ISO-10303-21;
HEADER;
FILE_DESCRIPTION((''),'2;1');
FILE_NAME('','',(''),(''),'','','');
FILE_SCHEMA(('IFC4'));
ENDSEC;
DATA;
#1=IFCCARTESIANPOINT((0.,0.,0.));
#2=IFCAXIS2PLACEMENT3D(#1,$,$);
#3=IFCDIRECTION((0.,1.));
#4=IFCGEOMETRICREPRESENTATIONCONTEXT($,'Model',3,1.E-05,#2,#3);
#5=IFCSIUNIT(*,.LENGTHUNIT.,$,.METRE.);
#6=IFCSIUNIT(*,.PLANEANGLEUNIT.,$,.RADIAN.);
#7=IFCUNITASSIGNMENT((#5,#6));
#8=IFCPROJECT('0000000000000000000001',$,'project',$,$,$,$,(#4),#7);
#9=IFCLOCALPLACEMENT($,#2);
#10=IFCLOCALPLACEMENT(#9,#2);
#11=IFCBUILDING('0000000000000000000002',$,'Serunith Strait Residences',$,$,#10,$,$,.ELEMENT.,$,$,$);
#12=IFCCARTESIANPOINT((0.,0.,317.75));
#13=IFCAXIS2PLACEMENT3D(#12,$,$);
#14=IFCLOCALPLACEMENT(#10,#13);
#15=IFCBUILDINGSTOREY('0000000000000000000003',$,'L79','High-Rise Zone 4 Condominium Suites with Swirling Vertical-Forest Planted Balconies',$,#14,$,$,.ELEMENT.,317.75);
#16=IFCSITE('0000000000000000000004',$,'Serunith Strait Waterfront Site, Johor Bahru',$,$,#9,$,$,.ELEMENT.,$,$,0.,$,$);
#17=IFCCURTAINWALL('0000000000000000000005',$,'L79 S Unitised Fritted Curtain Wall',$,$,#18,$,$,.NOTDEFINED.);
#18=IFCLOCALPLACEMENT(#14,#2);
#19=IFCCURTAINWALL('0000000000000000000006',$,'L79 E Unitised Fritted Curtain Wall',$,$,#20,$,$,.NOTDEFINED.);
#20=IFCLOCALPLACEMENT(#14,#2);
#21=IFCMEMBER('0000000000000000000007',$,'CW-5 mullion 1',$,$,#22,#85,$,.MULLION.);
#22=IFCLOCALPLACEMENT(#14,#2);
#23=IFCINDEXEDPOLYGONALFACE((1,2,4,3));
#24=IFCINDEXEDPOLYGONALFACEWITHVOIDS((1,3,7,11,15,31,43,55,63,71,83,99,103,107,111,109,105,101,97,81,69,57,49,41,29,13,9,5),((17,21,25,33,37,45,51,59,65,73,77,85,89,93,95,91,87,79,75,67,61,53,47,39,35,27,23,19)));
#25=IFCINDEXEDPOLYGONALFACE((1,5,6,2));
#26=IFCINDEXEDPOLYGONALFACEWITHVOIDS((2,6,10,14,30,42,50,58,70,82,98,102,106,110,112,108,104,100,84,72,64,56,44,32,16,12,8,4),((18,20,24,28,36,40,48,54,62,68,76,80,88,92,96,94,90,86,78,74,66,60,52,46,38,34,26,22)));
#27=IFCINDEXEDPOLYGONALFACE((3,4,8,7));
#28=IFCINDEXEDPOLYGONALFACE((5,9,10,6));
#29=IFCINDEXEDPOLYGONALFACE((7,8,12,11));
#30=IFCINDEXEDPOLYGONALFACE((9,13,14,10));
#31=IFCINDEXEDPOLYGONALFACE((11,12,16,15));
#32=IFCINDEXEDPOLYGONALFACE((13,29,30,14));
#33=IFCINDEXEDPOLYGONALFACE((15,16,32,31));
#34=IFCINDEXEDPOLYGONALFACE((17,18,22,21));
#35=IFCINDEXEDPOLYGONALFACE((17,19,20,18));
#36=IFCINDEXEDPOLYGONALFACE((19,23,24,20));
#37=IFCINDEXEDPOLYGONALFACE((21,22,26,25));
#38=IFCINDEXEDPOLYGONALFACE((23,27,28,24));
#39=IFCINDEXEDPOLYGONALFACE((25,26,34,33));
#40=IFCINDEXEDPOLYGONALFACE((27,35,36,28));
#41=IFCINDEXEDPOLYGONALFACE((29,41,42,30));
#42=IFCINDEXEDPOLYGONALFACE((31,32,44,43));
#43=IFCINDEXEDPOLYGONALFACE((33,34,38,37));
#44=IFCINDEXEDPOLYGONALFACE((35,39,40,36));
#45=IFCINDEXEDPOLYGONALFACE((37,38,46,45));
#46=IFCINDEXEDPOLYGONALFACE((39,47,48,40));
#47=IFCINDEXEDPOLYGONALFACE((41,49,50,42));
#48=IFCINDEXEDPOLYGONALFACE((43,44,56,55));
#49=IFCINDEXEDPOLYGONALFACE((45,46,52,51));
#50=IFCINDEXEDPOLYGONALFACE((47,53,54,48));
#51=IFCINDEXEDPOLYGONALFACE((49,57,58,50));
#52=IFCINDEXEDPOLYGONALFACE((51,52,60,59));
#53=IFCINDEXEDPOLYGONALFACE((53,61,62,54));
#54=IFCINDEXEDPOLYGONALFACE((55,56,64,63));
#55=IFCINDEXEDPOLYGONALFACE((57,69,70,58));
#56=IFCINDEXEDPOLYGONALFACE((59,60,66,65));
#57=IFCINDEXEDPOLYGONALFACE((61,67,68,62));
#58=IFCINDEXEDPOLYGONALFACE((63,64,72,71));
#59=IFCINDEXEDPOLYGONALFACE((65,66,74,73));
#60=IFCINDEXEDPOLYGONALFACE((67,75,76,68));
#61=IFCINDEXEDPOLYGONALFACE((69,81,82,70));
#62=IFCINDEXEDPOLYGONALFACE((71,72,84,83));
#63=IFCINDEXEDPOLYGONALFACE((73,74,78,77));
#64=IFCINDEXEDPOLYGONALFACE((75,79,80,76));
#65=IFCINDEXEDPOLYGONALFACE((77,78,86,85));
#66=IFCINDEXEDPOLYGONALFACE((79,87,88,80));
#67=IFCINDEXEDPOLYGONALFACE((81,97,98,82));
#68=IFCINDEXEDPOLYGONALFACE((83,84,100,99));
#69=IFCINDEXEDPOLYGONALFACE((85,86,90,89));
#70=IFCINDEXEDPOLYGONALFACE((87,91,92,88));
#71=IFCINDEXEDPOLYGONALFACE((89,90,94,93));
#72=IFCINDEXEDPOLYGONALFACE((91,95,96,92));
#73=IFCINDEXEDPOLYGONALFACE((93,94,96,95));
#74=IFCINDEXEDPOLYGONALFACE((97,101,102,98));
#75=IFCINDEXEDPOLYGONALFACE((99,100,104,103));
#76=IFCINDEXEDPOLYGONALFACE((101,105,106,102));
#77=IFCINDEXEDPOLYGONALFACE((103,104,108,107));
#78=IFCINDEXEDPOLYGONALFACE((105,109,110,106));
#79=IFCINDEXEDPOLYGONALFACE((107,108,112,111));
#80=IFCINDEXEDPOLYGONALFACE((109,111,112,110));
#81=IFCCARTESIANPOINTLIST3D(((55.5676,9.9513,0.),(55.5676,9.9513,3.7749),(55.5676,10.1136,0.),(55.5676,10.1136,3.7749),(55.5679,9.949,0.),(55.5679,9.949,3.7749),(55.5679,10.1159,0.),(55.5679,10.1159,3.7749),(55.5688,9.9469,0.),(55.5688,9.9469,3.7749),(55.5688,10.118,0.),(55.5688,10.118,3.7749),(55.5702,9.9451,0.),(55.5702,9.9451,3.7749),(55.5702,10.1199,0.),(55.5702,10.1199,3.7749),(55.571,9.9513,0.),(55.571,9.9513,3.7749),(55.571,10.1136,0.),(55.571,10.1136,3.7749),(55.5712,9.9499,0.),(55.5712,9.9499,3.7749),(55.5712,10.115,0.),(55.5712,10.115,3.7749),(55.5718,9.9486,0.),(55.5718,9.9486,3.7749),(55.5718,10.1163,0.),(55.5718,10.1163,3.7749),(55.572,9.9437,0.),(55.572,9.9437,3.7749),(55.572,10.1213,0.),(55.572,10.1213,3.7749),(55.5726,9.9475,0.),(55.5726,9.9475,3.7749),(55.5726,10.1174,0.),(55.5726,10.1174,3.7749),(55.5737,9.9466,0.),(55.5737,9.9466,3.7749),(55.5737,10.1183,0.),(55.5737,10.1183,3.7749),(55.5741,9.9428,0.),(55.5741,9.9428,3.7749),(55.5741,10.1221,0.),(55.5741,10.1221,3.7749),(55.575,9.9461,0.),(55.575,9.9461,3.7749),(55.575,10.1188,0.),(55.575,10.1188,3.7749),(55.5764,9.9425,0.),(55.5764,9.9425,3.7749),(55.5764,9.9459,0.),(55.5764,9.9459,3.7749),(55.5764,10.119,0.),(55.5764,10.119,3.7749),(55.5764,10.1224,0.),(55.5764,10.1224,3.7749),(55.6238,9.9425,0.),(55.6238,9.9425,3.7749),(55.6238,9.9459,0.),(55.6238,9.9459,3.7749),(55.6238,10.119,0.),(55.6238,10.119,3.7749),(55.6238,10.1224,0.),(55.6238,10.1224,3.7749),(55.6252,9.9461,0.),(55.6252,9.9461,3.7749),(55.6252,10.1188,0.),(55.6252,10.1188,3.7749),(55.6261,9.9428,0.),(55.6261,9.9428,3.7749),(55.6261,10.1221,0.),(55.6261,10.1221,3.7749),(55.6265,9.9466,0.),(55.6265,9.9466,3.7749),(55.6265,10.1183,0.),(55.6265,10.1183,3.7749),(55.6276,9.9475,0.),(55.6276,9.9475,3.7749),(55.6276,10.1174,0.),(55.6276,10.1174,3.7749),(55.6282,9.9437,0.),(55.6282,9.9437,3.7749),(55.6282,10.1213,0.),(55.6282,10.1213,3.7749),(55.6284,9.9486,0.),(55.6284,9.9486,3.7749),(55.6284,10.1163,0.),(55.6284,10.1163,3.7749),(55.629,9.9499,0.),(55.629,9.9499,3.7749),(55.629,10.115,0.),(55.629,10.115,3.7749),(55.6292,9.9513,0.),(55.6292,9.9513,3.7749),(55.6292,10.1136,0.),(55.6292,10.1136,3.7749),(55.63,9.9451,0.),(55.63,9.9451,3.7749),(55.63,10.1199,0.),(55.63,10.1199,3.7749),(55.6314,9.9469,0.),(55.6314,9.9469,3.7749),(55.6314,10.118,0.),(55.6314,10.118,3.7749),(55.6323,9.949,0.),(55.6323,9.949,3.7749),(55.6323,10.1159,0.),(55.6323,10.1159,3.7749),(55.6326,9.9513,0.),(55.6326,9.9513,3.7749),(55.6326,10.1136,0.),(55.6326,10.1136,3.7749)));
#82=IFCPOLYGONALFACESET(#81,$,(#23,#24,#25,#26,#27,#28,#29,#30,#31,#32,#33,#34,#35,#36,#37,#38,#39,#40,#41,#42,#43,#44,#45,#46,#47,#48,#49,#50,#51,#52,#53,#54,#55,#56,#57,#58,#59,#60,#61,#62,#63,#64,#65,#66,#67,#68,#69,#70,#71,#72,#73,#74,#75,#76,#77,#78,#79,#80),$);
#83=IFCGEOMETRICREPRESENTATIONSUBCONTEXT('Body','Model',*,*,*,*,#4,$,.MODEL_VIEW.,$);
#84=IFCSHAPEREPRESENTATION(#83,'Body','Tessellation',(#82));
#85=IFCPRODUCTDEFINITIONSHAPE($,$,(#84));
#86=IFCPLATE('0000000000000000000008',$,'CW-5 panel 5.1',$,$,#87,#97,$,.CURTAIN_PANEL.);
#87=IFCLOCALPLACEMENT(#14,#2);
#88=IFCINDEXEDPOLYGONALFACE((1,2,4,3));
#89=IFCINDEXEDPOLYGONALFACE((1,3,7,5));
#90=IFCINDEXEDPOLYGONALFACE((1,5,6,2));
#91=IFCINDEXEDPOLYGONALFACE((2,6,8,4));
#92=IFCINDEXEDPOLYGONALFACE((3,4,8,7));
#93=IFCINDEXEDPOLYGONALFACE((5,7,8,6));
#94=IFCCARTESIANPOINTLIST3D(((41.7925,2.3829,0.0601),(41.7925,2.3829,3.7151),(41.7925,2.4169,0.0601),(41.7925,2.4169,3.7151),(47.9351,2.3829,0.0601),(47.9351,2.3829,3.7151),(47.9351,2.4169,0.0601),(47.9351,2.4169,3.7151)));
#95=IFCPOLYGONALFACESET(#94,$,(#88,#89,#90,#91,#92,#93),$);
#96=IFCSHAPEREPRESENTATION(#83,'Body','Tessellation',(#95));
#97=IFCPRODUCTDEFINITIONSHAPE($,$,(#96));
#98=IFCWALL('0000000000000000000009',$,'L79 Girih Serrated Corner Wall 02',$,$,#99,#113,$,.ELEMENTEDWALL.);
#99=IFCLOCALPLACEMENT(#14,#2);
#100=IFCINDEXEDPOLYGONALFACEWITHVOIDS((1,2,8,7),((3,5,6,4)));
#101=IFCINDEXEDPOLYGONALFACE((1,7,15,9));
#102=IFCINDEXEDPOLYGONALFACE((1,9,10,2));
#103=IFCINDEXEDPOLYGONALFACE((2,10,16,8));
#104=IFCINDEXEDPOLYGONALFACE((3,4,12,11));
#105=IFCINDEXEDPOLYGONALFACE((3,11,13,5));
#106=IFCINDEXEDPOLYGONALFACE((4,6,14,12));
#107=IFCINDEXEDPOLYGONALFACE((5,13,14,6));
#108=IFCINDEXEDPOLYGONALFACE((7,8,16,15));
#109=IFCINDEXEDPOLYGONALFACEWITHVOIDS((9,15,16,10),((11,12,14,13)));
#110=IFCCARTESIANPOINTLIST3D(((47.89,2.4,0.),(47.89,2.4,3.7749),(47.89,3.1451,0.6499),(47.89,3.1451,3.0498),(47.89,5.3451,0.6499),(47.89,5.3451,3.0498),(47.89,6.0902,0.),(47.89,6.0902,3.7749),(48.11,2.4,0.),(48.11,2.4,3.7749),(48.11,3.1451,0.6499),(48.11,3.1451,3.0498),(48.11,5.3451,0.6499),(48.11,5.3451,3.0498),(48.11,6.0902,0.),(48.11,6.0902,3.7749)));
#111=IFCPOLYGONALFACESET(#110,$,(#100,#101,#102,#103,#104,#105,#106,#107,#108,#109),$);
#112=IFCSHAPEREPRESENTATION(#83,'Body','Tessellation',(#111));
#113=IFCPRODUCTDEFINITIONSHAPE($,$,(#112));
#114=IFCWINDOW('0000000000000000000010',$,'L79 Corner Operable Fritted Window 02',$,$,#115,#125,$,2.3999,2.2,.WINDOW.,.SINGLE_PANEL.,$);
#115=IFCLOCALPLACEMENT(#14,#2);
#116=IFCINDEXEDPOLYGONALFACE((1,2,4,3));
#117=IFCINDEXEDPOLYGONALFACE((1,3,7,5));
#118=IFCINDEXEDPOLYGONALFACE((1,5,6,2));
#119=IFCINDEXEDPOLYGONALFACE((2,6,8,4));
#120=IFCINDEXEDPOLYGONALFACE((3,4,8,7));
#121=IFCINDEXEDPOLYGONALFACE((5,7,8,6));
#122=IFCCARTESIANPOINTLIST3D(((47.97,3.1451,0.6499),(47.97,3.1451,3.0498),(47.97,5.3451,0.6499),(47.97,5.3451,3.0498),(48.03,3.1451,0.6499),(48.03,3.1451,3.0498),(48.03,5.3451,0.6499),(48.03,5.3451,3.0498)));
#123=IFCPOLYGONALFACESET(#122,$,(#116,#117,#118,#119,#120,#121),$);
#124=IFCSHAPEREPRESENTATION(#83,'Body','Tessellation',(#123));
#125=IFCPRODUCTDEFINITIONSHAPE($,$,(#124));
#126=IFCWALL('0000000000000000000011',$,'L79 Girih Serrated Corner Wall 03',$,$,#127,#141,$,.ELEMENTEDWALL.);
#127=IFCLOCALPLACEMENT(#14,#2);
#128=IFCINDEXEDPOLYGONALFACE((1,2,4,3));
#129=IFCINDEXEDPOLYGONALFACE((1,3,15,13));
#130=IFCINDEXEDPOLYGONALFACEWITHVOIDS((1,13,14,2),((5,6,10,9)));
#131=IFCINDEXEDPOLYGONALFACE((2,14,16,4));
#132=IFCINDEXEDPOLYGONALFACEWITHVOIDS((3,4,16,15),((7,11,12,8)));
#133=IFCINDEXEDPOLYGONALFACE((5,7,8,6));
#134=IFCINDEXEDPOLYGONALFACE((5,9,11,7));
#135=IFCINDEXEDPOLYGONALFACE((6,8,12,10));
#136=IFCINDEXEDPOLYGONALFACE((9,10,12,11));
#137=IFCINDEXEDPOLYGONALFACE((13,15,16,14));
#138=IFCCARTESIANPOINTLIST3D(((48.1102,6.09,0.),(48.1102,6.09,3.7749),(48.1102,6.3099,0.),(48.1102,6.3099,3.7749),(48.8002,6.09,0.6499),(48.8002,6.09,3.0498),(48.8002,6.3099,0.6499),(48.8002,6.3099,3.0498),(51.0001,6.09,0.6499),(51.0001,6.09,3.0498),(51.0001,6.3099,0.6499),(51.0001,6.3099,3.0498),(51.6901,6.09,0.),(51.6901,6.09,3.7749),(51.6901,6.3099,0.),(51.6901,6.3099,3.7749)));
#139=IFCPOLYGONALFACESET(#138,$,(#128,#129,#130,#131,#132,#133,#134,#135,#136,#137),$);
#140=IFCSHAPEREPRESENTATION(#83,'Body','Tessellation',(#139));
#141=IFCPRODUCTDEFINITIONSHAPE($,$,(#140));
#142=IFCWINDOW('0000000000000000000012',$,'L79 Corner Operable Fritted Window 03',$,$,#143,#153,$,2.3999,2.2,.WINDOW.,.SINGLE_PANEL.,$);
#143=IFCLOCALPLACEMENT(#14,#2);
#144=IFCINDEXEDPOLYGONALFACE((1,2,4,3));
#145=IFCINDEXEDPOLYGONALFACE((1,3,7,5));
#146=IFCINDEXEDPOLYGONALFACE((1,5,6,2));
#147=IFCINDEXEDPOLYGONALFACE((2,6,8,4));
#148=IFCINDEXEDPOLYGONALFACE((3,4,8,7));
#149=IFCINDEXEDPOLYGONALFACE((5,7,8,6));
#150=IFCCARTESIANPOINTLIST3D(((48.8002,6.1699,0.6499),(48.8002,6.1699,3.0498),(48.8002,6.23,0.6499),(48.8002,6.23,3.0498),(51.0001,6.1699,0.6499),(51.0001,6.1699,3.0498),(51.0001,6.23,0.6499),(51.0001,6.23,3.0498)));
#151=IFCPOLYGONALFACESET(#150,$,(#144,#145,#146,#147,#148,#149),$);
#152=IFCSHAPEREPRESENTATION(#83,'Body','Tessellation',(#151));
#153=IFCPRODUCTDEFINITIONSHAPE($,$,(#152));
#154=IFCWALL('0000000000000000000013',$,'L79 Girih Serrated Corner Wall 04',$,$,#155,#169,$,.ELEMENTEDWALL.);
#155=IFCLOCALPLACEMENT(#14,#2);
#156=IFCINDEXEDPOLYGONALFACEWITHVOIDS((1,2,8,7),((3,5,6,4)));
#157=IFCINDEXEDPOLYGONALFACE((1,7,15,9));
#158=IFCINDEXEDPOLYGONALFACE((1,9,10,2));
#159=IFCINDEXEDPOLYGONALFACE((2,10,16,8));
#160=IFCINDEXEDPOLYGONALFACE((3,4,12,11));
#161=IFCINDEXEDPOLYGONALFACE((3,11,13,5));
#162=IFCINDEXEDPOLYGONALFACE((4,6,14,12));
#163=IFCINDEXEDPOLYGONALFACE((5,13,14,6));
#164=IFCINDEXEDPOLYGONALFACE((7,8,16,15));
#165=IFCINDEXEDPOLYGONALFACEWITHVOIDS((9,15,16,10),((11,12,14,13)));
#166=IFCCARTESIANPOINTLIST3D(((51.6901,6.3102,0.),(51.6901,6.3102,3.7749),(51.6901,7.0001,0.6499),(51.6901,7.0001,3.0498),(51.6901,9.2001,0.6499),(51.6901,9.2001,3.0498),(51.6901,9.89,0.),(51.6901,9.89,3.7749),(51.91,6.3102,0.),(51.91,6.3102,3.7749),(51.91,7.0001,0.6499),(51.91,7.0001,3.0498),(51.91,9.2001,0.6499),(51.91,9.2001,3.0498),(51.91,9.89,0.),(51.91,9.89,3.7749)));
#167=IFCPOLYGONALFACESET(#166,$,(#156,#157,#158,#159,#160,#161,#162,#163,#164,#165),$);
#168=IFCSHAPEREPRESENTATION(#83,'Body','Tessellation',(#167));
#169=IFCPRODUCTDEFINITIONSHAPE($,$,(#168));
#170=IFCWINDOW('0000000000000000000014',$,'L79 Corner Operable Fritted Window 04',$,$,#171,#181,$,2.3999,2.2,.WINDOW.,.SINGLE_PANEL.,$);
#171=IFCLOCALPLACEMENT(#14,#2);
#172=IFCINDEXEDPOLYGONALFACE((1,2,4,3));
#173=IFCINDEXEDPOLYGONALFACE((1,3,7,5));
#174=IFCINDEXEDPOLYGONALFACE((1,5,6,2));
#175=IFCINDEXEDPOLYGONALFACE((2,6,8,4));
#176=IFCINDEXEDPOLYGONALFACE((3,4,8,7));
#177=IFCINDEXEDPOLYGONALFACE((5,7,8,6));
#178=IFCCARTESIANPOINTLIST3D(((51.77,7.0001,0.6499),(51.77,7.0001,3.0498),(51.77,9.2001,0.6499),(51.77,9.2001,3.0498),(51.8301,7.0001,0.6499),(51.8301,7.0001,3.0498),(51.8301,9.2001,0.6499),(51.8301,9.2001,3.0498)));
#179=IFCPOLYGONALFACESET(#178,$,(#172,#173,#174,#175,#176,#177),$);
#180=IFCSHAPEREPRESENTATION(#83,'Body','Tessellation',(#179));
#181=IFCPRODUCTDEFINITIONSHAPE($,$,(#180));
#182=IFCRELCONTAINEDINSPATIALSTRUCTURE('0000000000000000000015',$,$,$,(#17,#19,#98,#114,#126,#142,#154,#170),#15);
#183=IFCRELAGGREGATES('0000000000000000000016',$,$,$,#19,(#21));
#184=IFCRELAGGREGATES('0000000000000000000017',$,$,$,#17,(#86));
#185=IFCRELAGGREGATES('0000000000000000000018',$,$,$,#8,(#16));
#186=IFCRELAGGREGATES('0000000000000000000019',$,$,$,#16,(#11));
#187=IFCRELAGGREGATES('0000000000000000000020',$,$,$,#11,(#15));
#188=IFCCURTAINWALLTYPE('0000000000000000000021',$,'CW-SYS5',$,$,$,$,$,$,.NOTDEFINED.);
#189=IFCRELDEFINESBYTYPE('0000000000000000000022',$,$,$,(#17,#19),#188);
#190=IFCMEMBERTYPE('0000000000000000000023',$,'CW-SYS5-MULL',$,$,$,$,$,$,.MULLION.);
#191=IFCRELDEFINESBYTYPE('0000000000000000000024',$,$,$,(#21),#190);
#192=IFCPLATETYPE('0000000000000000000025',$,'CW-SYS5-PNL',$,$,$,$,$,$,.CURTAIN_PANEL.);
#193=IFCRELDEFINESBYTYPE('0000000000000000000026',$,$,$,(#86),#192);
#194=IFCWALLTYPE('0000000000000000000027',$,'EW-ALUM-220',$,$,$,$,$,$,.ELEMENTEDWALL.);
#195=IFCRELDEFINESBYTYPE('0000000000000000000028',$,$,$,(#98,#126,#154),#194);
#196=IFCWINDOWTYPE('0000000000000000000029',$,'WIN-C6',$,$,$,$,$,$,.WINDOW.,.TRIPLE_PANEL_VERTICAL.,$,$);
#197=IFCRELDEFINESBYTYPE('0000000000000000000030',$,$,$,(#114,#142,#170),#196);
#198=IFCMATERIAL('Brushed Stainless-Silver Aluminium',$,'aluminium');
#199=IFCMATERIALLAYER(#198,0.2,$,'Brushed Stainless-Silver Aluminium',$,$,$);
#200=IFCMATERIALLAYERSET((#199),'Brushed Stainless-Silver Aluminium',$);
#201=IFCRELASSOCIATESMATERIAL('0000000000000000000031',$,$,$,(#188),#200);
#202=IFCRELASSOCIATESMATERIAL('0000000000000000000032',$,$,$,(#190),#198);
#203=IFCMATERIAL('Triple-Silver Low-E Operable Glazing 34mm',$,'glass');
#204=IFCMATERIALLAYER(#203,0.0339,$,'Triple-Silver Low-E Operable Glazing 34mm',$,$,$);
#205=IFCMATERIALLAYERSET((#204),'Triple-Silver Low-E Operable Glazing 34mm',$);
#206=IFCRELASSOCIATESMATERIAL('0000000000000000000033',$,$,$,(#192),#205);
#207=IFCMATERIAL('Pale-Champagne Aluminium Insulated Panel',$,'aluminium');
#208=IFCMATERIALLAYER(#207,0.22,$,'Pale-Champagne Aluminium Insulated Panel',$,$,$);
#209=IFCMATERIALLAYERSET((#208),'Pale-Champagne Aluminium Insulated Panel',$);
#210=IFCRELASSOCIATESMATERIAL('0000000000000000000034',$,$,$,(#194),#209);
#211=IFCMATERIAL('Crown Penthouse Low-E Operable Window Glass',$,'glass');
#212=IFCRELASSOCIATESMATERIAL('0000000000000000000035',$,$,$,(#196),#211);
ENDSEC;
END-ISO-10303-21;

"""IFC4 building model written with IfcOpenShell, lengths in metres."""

from ifc_helpers import new_model, si_unit, direction, frame, frame_2d, origin, origin_2d, place, context, subcontext, project, spatial, rectangle, hollow_rectangle, extrude, source, transform, mapped, material, layer, layer_set, material_profile, profile_set, type_object, element, fill, aggregate, save


model = new_model("IFC4")

# Units and contexts
model_context = context("Model", 3, precision=1e-05, world=origin(), true_north=direction((0.0, 1.0)))
body_context = subcontext(model_context, "Body", "Model", "MODEL_VIEW")
ifc_project = project(units=[si_unit("LENGTHUNIT", "METRE"), si_unit("PLANEANGLEUNIT", "RADIAN")], contexts=[model_context])

# Site, building, storey
site_placement = place(None, origin())
site = spatial("IfcSite", under=ifc_project, at=site_placement, Name="Serunith Strait Waterfront Site, Johor Bahru", CompositionType="ELEMENT", RefElevation=0.0)
building_placement = place(site_placement, origin())
building = spatial("IfcBuilding", under=site, at=building_placement, Name="Serunith Strait Residences", CompositionType="ELEMENT")
storey_placement = place(building_placement, frame((0.0, 0.0, 317.75)))
storey = spatial("IfcBuildingStorey", under=building, at=storey_placement, Name="L79", Description="High-Rise Zone 4 Condominium Suites with Swirling Vertical-Forest Planted Balconies", CompositionType="ELEMENT", Elevation=317.75)

# Curtain walls
ifc_material_1 = material(Name="Brushed Stainless-Silver Aluminium", Category="aluminium")
ifc_layer_1 = layer(ifc_material_1, 0.2, Name="Brushed Stainless-Silver Aluminium")
ifc_layer_set_1 = layer_set([ifc_layer_1], Name="Brushed Stainless-Silver Aluminium")
curtain_wall_type = type_object("IfcCurtainWallType", Name="CW-SYS5", PredefinedType="NOTDEFINED", material=ifc_layer_set_1)
curtain_wall_1_placement = place(storey_placement, origin())
curtain_wall_1 = element("IfcCurtainWall", 1, at=curtain_wall_1_placement, inside=storey, type_object=curtain_wall_type, Name="L79 S Unitised Fritted Curtain Wall", PredefinedType="NOTDEFINED")
curtain_wall_2_placement = place(storey_placement, origin())
curtain_wall_2 = element("IfcCurtainWall", 2, at=curtain_wall_2_placement, inside=storey, type_object=curtain_wall_type, Name="L79 E Unitised Fritted Curtain Wall", PredefinedType="NOTDEFINED")

# Member
ifc_material_profile_1 = material_profile(ifc_material_1, hollow_rectangle(XDim=0.0649, YDim=0.1799, WallThickness=0.0034, InnerFilletRadius=0.0054, OuterFilletRadius=0.0088, at=origin_2d()), Name="ALU 180x65x3.5")
ifc_profile_set_1 = profile_set([ifc_material_profile_1], Name="Brushed Stainless-Silver Aluminium")
member_type_1 = type_object("IfcMemberType", Name="CW-SYS5-MULL", PredefinedType="MULLION", material=ifc_profile_set_1)
shared_shape_1 = source(origin(), body_context, "Body", "SweptSolid", [
    extrude(hollow_rectangle(XDim=0.0649, YDim=0.1799, WallThickness=0.0034, InnerFilletRadius=0.0054, OuterFilletRadius=0.0088, at=origin_2d()), origin(), (0.0, 0.0, 1.0), 3.7749),
])
member_1_placement = place(storey_placement, frame((55.6001, 10.0325, 0.0), z_axis=(0.0, 0.0, 1.0), x_axis=(-1.0, 0.0, 0.0)))
member_1 = element("IfcMember", 3, at=member_1_placement, type_object=member_type_1, Name="CW-5 mullion 1", PredefinedType="MULLION", context=body_context, shape_type="MappedRepresentation", body=[
    mapped(shared_shape_1, transform((0.0, 0.0, 0.0), scale=1.0)),
])
aggregate(curtain_wall_2, [member_1])

# Plate
ifc_material_2 = material(Name="Triple-Silver Low-E Operable Glazing 34mm", Category="glass")
ifc_layer_2 = layer(ifc_material_2, 0.0339, Name="Triple-Silver Low-E Operable Glazing 34mm")
ifc_layer_set_2 = layer_set([ifc_layer_2], Name="Triple-Silver Low-E Operable Glazing 34mm")
plate_type = type_object("IfcPlateType", Name="CW-SYS5-PNL", PredefinedType="CURTAIN_PANEL", material=ifc_layer_set_2)
shared_shape_2 = source(origin(), body_context, "Body", "SweptSolid", [
    extrude(rectangle(XDim=6.1426, YDim=0.0339, at=origin_2d()), origin(), (0.0, 0.0, 1.0), 3.655),
])
plate_placement = place(storey_placement, frame((44.8638, 2.3999, 0.0601), z_axis=(0.0, 0.0, 1.0), x_axis=(1.0, 0.0, 0.0)))
plate = element("IfcPlate", 4, at=plate_placement, type_object=plate_type, Name="CW-5 panel 5.1", PredefinedType="CURTAIN_PANEL", context=body_context, shape_type="MappedRepresentation", body=[
    mapped(shared_shape_2, transform((0.0, 0.0, 0.0), scale=1.0)),
])
aggregate(curtain_wall_1, [plate])

# Walls, openings, windows
ifc_material_3 = material(Name="Pale-Champagne Aluminium Insulated Panel", Category="aluminium")
ifc_layer_3 = layer(ifc_material_3, 0.22, Name="Pale-Champagne Aluminium Insulated Panel")
ifc_layer_set_3 = layer_set([ifc_layer_3], Name="Pale-Champagne Aluminium Insulated Panel")
wall_type = type_object("IfcWallType", Name="EW-ALUM-220", PredefinedType="ELEMENTEDWALL", material=ifc_layer_set_3)
wall_1_placement = place(storey_placement, frame((48.0, 2.3999, 0.0), z_axis=(0.0, 0.0, 1.0), x_axis=(0.0, 1.0, 0.0)))
wall_1 = element("IfcWall", 5, at=wall_1_placement, inside=storey, type_object=wall_type, Name="L79 Girih Serrated Corner Wall 02", PredefinedType="ELEMENTEDWALL", context=body_context, shape_type="SweptSolid", body=[
    extrude(rectangle(XDim=3.6902, YDim=0.22, at=frame_2d((1.8452, 0.0))), origin(), (0.0, 0.0, 1.0), 3.7749),
])
opening_1_placement = place(wall_1_placement, frame((0.7451, 0.0, 0.6499)))
opening_1 = element("IfcOpeningElement", 6, at=opening_1_placement, cuts=wall_1, PredefinedType="OPENING", context=body_context, shape_type="SweptSolid", body=[
    extrude(rectangle(XDim=2.2, YDim=2.3999, at=frame_2d((1.1001, 1.2))), frame((0.0, 0.1201, 0.0), z_axis=(0.0, -1.0, 0.0), x_axis=(1.0, 0.0, 0.0)), (0.0, 0.0, 1.0), 0.24),
])
ifc_material_4 = material(Name="Crown Penthouse Low-E Operable Window Glass", Category="glass")
window_type = type_object("IfcWindowType", Name="WIN-C6", PartitioningType="TRIPLE_PANEL_VERTICAL", PredefinedType="WINDOW", material=ifc_material_4)
shared_shape_3 = source(origin(), body_context, "Body", "SweptSolid", [
    extrude(rectangle(XDim=2.2, YDim=2.3999, at=frame_2d((1.1001, 1.2))), frame((0.0, 0.03, 0.0), z_axis=(0.0, -1.0, 0.0), x_axis=(1.0, 0.0, 0.0)), (0.0, 0.0, 1.0), 0.0601),
])
window_1_placement = place(opening_1_placement, origin())
window_1 = element("IfcWindow", 7, at=window_1_placement, inside=storey, type_object=window_type, Name="L79 Corner Operable Fritted Window 02", OverallHeight=2.3999, OverallWidth=2.2, PartitioningType="SINGLE_PANEL", PredefinedType="WINDOW", context=body_context, shape_type="MappedRepresentation", body=[
    mapped(shared_shape_3, transform((0.0, 0.0, 0.0), scale=1.0)),
])
fill(opening_1, window_1)
wall_2_placement = place(storey_placement, frame((48.1101, 6.2, 0.0), z_axis=(0.0, 0.0, 1.0), x_axis=(1.0, 0.0, 0.0)))
wall_2 = element("IfcWall", 8, at=wall_2_placement, inside=storey, type_object=wall_type, Name="L79 Girih Serrated Corner Wall 03", PredefinedType="ELEMENTEDWALL", context=body_context, shape_type="SweptSolid", body=[
    extrude(rectangle(XDim=3.5798, YDim=0.22, at=frame_2d((1.79, 0.0))), origin(), (0.0, 0.0, 1.0), 3.7749),
])
opening_2_placement = place(wall_2_placement, frame((0.6899, 0.0, 0.6499)))
opening_2 = element("IfcOpeningElement", 9, at=opening_2_placement, cuts=wall_2, PredefinedType="OPENING", context=body_context, shape_type="SweptSolid", body=[
    extrude(rectangle(XDim=2.2, YDim=2.3999, at=frame_2d((1.1001, 1.2))), frame((0.0, 0.1201, 0.0), z_axis=(0.0, -1.0, 0.0), x_axis=(1.0, 0.0, 0.0)), (0.0, 0.0, 1.0), 0.24),
])
window_2_placement = place(opening_2_placement, origin())
window_2 = element("IfcWindow", 10, at=window_2_placement, inside=storey, type_object=window_type, Name="L79 Corner Operable Fritted Window 03", OverallHeight=2.3999, OverallWidth=2.2, PartitioningType="SINGLE_PANEL", PredefinedType="WINDOW", context=body_context, shape_type="MappedRepresentation", body=[
    mapped(shared_shape_3, transform((0.0, 0.0, 0.0), scale=1.0)),
])
fill(opening_2, window_2)
wall_3_placement = place(storey_placement, frame((51.8, 6.3101, 0.0), z_axis=(0.0, 0.0, 1.0), x_axis=(0.0, 1.0, 0.0)))
wall_3 = element("IfcWall", 11, at=wall_3_placement, inside=storey, type_object=wall_type, Name="L79 Girih Serrated Corner Wall 04", PredefinedType="ELEMENTEDWALL", context=body_context, shape_type="SweptSolid", body=[
    extrude(rectangle(XDim=3.5798, YDim=0.22, at=frame_2d((1.79, 0.0))), origin(), (0.0, 0.0, 1.0), 3.7749),
])
opening_3_placement = place(wall_3_placement, frame((0.6899, 0.0, 0.6499)))
opening_3 = element("IfcOpeningElement", 12, at=opening_3_placement, cuts=wall_3, PredefinedType="OPENING", context=body_context, shape_type="SweptSolid", body=[
    extrude(rectangle(XDim=2.2, YDim=2.3999, at=frame_2d((1.1001, 1.2))), frame((0.0, 0.1201, 0.0), z_axis=(0.0, -1.0, 0.0), x_axis=(1.0, 0.0, 0.0)), (0.0, 0.0, 1.0), 0.24),
])
window_3_placement = place(opening_3_placement, origin())
window_3 = element("IfcWindow", 13, at=window_3_placement, inside=storey, type_object=window_type, Name="L79 Corner Operable Fritted Window 04", OverallHeight=2.3999, OverallWidth=2.2, PartitioningType="SINGLE_PANEL", PredefinedType="WINDOW", context=body_context, shape_type="MappedRepresentation", body=[
    mapped(shared_shape_3, transform((0.0, 0.0, 0.0), scale=1.0)),
])
fill(opening_3, window_3)

save(model, "model.ifc")
